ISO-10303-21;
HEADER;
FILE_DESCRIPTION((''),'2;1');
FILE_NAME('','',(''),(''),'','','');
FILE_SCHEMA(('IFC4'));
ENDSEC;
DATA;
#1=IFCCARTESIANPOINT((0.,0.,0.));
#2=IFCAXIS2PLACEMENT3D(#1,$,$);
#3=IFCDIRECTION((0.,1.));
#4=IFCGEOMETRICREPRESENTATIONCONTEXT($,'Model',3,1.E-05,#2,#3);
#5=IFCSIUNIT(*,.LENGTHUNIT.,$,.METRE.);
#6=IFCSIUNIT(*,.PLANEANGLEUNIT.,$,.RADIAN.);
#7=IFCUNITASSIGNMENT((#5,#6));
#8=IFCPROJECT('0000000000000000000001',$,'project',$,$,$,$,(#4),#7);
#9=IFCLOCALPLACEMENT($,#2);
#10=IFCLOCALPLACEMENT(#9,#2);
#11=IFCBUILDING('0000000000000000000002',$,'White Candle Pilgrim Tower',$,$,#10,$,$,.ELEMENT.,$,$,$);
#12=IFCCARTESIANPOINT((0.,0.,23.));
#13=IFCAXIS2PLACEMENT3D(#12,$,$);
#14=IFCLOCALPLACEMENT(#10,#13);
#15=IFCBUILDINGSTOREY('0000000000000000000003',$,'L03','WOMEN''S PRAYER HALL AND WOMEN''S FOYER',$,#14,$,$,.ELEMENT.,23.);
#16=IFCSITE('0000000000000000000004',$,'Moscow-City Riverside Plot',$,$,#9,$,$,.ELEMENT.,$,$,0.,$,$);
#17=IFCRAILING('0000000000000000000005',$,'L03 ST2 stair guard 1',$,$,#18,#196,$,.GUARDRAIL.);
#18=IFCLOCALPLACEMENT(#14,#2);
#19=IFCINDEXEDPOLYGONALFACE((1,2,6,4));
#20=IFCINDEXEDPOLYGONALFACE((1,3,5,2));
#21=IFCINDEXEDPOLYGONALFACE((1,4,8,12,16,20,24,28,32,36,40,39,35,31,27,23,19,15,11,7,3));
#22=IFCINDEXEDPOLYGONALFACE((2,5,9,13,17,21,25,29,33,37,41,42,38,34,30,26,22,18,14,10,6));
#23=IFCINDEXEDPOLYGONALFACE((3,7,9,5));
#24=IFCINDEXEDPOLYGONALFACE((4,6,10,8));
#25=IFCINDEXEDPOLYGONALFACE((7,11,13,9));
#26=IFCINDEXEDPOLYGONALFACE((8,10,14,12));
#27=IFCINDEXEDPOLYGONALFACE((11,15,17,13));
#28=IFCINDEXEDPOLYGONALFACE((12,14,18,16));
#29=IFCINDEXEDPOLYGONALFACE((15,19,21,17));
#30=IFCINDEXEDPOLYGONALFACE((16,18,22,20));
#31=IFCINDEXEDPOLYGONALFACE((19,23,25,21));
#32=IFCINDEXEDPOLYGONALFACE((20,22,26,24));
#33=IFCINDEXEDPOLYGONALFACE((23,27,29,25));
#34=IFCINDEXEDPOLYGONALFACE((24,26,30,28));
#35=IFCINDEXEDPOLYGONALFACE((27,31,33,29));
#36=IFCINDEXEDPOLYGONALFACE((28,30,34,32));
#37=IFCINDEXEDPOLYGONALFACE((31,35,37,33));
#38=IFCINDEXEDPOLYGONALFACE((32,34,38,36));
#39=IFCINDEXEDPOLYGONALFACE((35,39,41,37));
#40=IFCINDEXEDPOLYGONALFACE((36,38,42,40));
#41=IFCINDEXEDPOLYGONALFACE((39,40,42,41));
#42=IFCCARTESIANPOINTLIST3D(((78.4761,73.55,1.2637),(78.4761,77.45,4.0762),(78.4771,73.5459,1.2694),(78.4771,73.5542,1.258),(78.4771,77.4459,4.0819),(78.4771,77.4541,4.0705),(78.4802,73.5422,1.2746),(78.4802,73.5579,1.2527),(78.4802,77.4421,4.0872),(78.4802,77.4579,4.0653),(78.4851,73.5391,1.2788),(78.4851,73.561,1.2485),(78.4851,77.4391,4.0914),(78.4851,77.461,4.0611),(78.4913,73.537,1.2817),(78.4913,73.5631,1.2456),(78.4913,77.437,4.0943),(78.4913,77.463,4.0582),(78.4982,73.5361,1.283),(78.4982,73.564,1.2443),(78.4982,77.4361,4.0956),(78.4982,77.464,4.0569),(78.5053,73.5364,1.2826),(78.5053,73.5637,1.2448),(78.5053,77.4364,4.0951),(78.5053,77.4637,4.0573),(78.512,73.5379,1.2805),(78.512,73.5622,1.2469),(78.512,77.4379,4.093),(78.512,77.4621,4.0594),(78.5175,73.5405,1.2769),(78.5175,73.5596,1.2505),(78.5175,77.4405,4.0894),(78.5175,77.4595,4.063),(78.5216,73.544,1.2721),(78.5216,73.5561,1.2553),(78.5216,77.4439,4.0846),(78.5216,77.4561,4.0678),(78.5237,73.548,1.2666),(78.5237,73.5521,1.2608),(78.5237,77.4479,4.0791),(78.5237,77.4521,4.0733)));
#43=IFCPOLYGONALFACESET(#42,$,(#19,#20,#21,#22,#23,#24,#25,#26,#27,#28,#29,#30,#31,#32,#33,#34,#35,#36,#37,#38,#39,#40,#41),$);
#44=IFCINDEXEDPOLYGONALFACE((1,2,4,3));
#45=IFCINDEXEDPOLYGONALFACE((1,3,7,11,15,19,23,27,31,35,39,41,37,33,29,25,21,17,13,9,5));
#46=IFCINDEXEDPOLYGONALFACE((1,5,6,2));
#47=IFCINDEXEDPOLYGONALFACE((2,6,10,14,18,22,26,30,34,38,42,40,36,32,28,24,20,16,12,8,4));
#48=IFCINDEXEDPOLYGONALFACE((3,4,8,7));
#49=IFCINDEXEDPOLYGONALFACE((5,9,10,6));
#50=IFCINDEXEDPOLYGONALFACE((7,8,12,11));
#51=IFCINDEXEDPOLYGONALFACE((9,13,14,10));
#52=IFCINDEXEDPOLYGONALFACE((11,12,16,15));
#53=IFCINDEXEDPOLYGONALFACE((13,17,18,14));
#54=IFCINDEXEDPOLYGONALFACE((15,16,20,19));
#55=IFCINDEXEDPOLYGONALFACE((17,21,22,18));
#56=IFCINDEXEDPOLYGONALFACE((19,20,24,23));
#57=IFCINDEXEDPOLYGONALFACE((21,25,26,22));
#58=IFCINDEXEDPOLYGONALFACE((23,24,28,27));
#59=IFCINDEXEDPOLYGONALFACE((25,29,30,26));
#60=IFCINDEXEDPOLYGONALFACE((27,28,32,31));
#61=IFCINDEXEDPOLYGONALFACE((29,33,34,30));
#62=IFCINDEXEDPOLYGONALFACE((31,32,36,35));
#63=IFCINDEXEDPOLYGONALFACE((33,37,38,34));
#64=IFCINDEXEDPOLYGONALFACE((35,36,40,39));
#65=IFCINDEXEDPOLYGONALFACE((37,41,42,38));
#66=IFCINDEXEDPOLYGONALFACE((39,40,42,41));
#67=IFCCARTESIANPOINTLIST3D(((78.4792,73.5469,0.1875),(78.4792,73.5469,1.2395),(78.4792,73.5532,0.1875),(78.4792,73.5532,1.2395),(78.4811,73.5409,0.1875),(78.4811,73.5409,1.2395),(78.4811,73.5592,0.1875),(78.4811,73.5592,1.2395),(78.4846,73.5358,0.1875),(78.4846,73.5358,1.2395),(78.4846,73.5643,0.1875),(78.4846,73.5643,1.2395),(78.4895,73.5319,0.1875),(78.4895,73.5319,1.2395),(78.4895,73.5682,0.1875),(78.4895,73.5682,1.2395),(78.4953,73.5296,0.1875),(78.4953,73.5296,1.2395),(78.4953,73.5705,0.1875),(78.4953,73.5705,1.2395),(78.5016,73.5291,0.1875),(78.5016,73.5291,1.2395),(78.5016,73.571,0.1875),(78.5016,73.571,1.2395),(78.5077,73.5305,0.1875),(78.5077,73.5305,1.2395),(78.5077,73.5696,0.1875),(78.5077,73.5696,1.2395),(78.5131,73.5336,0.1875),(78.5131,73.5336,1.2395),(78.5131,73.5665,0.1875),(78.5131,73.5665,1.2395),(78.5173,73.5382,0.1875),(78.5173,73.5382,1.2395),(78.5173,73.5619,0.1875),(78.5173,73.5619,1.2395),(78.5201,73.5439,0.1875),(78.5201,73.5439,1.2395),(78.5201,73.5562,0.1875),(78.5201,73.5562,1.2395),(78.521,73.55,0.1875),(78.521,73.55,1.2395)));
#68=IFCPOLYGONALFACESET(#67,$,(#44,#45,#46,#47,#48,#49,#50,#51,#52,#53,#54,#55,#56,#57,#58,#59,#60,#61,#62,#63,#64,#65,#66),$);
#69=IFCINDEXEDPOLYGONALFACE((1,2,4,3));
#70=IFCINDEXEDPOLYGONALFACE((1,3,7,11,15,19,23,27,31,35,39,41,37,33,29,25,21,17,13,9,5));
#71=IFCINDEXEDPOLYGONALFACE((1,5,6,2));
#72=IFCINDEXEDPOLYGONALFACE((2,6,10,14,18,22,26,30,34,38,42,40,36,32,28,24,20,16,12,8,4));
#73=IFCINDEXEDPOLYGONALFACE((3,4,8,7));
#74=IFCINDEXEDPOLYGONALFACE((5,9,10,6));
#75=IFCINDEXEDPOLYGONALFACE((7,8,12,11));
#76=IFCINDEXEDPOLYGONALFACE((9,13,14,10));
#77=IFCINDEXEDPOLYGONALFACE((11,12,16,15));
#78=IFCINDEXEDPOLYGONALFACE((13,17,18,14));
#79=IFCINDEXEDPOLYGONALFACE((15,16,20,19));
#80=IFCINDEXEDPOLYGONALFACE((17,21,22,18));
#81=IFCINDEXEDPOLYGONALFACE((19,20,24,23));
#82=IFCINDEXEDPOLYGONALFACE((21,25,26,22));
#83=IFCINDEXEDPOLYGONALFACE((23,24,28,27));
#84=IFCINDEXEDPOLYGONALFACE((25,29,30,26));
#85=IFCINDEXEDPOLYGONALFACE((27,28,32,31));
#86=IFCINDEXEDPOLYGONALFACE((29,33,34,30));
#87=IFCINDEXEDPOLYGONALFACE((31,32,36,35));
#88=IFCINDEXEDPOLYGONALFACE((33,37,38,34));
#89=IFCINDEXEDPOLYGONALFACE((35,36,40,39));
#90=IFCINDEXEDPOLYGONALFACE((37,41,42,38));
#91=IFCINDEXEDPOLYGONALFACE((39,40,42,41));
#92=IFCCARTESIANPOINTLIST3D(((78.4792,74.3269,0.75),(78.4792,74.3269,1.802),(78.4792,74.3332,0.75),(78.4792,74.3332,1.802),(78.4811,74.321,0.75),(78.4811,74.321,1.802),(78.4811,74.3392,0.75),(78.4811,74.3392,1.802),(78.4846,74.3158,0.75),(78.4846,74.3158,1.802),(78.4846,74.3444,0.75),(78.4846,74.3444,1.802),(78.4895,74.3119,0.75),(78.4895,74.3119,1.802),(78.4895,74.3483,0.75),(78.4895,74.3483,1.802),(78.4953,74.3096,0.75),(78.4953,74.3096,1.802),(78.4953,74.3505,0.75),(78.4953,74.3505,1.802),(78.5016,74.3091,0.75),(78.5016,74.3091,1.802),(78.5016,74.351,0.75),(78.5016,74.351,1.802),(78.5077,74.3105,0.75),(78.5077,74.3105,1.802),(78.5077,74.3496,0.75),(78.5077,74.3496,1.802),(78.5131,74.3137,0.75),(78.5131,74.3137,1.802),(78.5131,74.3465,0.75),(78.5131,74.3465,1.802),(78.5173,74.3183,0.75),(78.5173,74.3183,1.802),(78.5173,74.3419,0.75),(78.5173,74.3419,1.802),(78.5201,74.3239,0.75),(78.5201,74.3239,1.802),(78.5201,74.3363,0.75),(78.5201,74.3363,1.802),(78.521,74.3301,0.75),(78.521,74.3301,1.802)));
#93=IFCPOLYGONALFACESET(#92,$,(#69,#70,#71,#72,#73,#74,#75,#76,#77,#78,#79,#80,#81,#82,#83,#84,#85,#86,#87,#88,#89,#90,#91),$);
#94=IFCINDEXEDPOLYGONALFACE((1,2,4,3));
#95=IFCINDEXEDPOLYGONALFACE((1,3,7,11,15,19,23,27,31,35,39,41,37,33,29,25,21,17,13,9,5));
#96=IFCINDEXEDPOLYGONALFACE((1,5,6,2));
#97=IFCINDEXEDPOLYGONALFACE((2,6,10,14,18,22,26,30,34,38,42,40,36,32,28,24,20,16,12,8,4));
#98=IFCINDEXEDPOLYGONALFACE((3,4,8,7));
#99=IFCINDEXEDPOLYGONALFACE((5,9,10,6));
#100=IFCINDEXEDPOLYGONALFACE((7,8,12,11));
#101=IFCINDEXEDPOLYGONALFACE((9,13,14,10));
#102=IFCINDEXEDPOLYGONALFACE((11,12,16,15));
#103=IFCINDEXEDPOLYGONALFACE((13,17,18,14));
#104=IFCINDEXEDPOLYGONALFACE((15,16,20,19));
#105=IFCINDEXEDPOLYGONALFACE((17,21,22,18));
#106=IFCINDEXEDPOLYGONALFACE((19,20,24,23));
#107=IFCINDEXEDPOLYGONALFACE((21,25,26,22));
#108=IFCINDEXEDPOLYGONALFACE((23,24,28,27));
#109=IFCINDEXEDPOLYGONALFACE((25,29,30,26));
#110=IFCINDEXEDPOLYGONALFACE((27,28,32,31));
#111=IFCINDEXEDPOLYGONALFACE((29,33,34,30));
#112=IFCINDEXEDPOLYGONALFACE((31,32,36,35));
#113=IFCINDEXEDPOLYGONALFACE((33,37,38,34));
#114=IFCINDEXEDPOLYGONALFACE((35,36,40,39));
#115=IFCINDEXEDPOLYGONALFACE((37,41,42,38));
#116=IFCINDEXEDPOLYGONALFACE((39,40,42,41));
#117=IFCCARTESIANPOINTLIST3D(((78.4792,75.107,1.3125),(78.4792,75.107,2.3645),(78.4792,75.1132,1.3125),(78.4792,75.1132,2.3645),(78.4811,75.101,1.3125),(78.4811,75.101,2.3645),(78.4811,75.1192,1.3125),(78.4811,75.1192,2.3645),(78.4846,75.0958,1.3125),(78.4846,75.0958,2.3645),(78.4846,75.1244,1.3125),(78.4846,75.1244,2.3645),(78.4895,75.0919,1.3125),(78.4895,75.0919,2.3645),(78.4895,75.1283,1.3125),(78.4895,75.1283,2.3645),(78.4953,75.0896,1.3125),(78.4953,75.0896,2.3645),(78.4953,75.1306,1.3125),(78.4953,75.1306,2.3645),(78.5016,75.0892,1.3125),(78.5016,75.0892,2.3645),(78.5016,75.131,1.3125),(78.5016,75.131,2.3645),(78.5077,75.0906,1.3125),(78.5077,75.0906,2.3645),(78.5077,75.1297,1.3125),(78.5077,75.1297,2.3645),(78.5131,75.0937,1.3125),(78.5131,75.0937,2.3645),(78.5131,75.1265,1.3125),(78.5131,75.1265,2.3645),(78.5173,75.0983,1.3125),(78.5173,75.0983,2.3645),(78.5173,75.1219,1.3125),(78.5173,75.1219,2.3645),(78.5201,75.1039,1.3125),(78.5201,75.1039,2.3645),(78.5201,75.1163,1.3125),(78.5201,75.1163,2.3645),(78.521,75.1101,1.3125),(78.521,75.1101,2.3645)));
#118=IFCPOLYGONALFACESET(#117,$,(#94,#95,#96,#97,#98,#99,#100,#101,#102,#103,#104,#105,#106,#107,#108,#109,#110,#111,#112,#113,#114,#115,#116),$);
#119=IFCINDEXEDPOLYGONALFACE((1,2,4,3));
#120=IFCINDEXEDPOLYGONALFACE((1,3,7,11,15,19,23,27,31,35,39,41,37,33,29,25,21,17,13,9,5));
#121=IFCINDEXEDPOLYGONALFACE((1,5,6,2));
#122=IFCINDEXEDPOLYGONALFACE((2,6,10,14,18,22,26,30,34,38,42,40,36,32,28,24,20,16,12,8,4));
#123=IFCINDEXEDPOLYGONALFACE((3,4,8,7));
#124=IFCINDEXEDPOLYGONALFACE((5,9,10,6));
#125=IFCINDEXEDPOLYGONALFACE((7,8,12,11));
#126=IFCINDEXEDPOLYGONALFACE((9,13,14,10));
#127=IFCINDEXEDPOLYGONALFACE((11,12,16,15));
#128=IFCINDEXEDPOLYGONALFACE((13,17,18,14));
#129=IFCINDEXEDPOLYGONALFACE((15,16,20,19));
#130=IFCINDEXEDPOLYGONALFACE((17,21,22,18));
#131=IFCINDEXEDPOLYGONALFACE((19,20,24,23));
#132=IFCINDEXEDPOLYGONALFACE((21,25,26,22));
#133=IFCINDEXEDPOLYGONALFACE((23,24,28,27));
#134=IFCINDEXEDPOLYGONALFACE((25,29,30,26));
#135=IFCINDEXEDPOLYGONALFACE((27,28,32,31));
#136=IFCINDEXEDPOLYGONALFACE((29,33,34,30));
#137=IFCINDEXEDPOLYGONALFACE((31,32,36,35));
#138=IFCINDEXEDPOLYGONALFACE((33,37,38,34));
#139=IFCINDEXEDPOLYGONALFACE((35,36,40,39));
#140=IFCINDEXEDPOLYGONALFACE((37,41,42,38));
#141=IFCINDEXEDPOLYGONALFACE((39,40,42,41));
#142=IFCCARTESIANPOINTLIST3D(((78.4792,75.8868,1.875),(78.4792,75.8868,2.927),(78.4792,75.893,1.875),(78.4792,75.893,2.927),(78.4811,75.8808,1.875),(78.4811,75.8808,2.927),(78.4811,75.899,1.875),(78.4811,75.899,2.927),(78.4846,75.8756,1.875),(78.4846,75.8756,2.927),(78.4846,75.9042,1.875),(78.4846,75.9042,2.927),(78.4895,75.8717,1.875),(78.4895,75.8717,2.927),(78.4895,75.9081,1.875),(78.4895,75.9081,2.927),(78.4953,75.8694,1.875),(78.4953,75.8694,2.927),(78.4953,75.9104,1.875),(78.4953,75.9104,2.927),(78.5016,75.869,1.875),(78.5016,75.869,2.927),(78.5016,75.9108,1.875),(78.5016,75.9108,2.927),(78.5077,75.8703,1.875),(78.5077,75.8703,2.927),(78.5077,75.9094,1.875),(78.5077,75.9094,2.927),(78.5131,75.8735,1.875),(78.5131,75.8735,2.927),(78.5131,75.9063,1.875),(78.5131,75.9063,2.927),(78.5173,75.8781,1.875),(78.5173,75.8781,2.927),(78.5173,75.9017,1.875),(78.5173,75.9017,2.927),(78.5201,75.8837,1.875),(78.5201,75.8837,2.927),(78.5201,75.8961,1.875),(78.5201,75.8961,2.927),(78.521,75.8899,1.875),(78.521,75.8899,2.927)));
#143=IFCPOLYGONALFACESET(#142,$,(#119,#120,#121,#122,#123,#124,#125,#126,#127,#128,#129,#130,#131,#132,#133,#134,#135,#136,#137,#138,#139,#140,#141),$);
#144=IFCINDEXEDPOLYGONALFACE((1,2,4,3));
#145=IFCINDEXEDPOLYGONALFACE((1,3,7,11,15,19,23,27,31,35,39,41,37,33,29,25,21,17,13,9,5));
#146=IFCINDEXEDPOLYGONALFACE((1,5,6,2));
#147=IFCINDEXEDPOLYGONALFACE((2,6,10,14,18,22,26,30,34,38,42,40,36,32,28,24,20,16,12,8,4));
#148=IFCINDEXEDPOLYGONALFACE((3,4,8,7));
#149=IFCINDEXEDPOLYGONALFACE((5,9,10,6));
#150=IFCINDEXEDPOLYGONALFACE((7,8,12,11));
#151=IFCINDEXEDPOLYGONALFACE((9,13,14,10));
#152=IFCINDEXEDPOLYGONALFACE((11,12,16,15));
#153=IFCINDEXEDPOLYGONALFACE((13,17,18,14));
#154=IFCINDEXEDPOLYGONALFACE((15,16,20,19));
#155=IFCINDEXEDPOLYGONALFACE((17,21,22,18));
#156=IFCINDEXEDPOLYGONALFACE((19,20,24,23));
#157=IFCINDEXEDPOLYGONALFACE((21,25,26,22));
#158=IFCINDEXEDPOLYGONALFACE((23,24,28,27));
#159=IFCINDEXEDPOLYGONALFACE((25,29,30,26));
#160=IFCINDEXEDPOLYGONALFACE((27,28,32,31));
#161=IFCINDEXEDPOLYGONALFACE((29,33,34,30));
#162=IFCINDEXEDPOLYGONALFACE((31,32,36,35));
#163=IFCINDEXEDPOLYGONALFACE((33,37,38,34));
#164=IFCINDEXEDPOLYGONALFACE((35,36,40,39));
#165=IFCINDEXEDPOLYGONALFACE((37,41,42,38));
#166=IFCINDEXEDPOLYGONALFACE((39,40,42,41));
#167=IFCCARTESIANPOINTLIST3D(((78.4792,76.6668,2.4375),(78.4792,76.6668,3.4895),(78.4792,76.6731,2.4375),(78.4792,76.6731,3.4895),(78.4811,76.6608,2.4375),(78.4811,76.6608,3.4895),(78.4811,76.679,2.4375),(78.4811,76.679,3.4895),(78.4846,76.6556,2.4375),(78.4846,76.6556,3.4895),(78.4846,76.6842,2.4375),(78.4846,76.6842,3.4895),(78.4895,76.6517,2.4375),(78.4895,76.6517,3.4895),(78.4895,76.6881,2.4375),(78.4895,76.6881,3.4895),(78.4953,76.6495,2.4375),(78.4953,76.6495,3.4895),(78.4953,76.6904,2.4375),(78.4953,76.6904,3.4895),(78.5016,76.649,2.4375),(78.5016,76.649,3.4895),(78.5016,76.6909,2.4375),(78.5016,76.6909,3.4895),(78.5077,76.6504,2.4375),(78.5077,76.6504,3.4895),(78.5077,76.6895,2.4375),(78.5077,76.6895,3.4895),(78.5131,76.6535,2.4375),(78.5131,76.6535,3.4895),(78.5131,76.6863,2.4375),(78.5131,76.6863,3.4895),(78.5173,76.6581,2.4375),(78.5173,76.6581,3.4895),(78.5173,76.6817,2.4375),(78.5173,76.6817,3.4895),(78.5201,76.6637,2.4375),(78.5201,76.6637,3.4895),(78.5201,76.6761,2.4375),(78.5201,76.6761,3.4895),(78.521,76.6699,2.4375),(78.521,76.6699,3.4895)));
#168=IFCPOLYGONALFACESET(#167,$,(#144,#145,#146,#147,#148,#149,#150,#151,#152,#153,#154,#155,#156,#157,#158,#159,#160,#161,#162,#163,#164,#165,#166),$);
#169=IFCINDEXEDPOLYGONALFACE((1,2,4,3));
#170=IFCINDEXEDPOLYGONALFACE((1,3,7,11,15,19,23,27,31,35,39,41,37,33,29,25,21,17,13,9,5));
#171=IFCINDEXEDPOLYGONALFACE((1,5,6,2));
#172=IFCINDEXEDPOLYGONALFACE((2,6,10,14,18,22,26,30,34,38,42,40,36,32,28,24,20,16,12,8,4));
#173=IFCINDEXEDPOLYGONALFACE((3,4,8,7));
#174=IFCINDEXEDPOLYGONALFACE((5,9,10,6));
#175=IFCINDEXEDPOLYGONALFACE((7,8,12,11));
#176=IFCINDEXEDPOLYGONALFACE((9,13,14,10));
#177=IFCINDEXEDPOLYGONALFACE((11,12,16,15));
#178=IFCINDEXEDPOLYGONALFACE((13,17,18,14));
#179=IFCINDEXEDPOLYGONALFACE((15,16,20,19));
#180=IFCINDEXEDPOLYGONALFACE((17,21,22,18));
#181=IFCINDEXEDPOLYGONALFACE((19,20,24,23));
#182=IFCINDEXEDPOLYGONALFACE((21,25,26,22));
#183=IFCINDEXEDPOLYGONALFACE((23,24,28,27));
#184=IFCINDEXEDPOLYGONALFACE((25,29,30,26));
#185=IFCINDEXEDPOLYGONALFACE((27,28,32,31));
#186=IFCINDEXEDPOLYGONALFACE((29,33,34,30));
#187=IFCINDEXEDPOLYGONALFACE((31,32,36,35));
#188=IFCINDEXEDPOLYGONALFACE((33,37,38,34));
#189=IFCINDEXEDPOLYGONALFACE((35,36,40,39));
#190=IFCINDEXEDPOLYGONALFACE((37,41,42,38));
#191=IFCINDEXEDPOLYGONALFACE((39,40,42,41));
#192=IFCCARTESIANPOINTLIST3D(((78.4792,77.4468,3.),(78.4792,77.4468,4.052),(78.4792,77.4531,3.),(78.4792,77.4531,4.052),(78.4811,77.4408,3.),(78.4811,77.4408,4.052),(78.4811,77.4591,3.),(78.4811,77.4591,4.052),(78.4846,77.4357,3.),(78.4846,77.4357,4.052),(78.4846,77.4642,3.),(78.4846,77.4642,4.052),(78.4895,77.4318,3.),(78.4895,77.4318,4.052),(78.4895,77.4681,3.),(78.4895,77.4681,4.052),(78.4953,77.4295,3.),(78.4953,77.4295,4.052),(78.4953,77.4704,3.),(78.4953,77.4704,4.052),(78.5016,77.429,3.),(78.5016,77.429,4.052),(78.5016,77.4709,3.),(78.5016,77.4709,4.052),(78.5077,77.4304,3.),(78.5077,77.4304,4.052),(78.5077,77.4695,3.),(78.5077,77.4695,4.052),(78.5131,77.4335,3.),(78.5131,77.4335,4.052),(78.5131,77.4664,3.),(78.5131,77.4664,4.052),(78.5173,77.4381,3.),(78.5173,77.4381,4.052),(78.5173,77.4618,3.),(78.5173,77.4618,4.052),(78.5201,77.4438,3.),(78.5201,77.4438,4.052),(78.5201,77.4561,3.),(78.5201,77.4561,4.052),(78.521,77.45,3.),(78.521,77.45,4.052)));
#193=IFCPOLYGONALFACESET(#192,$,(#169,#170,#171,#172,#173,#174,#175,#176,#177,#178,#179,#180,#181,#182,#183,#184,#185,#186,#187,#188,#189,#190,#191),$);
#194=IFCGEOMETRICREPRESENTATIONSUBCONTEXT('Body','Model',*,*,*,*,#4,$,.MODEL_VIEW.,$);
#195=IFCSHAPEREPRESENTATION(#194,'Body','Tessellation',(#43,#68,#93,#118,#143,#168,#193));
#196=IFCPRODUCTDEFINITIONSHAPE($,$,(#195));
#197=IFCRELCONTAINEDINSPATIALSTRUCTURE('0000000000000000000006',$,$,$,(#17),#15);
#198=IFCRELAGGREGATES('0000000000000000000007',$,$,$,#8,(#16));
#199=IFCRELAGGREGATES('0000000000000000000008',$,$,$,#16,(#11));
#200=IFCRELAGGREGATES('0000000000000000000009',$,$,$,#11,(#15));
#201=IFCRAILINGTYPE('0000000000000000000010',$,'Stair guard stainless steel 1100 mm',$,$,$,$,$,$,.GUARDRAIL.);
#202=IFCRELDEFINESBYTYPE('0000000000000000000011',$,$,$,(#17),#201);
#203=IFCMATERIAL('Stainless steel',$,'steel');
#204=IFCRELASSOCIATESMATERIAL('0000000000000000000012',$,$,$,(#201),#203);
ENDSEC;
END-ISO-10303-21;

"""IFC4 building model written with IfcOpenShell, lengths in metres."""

from ifc_helpers import new_model, si_unit, direction, frame, origin, origin_2d, place, context, subcontext, project, spatial, circle, extrude, material, type_object, element, save


model = new_model("IFC4")

# Units and contexts
model_context = context("Model", 3, precision=1e-05, world=origin(), true_north=direction((0.0, 1.0)))
body_context = subcontext(model_context, "Body", "Model", "MODEL_VIEW")
ifc_project = project(units=[si_unit("LENGTHUNIT", "METRE"), si_unit("PLANEANGLEUNIT", "RADIAN")], contexts=[model_context])

# Site, building, storey
site_placement = place(None, origin())
site = spatial("IfcSite", under=ifc_project, at=site_placement, Name="Moscow-City Riverside Plot", CompositionType="ELEMENT", RefElevation=0.0)
building_placement = place(site_placement, origin())
building = spatial("IfcBuilding", under=site, at=building_placement, Name="White Candle Pilgrim Tower", CompositionType="ELEMENT")
storey_placement = place(building_placement, frame((0.0, 0.0, 23.0)))
storey = spatial("IfcBuildingStorey", under=building, at=storey_placement, Name="L03", Description="WOMEN'S PRAYER HALL AND WOMEN'S FOYER", CompositionType="ELEMENT", Elevation=23.0)

# Railing
ifc_material_1 = material(Name="Stainless steel", Category="steel")
railing_type_1 = type_object("IfcRailingType", Name="Stair guard stainless steel 1100 mm", PredefinedType="GUARDRAIL", material=ifc_material_1)
railing_1_placement = place(storey_placement, frame((78.5, 73.55, 0.1875)))
element("IfcRailing", 1, at=railing_1_placement, inside=storey, type_object=railing_type_1, Name="L03 ST2 stair guard 1", PredefinedType="GUARDRAIL", context=body_context, shape_type="SweptSolid", body=[
    extrude(circle(Radius=0.0239, at=origin_2d()), frame((0.0, 0.0, 1.0762), z_axis=(0.0, 0.811083, 0.584931), x_axis=(-1.0, 0.0, 0.0)), (0.0, 0.0, 1.0), 4.8083),
    extrude(circle(Radius=0.021, at=origin_2d()), origin(), (0.0, 0.0, 1.0), 1.052),
    extrude(circle(Radius=0.021, at=origin_2d()), frame((0.0, 0.78, 0.5625)), (0.0, 0.0, 1.0), 1.052),
    extrude(circle(Radius=0.021, at=origin_2d()), frame((0.0, 1.5601, 1.125)), (0.0, 0.0, 1.0), 1.052),
    extrude(circle(Radius=0.021, at=origin_2d()), frame((0.0, 2.3398, 1.6875)), (0.0, 0.0, 1.0), 1.052),
    extrude(circle(Radius=0.021, at=origin_2d()), frame((0.0, 3.1199, 2.25)), (0.0, 0.0, 1.0), 1.052),
    extrude(circle(Radius=0.021, at=origin_2d()), frame((0.0, 3.8999, 2.8125)), (0.0, 0.0, 1.0), 1.052),
])

save(model, "model.ifc")
